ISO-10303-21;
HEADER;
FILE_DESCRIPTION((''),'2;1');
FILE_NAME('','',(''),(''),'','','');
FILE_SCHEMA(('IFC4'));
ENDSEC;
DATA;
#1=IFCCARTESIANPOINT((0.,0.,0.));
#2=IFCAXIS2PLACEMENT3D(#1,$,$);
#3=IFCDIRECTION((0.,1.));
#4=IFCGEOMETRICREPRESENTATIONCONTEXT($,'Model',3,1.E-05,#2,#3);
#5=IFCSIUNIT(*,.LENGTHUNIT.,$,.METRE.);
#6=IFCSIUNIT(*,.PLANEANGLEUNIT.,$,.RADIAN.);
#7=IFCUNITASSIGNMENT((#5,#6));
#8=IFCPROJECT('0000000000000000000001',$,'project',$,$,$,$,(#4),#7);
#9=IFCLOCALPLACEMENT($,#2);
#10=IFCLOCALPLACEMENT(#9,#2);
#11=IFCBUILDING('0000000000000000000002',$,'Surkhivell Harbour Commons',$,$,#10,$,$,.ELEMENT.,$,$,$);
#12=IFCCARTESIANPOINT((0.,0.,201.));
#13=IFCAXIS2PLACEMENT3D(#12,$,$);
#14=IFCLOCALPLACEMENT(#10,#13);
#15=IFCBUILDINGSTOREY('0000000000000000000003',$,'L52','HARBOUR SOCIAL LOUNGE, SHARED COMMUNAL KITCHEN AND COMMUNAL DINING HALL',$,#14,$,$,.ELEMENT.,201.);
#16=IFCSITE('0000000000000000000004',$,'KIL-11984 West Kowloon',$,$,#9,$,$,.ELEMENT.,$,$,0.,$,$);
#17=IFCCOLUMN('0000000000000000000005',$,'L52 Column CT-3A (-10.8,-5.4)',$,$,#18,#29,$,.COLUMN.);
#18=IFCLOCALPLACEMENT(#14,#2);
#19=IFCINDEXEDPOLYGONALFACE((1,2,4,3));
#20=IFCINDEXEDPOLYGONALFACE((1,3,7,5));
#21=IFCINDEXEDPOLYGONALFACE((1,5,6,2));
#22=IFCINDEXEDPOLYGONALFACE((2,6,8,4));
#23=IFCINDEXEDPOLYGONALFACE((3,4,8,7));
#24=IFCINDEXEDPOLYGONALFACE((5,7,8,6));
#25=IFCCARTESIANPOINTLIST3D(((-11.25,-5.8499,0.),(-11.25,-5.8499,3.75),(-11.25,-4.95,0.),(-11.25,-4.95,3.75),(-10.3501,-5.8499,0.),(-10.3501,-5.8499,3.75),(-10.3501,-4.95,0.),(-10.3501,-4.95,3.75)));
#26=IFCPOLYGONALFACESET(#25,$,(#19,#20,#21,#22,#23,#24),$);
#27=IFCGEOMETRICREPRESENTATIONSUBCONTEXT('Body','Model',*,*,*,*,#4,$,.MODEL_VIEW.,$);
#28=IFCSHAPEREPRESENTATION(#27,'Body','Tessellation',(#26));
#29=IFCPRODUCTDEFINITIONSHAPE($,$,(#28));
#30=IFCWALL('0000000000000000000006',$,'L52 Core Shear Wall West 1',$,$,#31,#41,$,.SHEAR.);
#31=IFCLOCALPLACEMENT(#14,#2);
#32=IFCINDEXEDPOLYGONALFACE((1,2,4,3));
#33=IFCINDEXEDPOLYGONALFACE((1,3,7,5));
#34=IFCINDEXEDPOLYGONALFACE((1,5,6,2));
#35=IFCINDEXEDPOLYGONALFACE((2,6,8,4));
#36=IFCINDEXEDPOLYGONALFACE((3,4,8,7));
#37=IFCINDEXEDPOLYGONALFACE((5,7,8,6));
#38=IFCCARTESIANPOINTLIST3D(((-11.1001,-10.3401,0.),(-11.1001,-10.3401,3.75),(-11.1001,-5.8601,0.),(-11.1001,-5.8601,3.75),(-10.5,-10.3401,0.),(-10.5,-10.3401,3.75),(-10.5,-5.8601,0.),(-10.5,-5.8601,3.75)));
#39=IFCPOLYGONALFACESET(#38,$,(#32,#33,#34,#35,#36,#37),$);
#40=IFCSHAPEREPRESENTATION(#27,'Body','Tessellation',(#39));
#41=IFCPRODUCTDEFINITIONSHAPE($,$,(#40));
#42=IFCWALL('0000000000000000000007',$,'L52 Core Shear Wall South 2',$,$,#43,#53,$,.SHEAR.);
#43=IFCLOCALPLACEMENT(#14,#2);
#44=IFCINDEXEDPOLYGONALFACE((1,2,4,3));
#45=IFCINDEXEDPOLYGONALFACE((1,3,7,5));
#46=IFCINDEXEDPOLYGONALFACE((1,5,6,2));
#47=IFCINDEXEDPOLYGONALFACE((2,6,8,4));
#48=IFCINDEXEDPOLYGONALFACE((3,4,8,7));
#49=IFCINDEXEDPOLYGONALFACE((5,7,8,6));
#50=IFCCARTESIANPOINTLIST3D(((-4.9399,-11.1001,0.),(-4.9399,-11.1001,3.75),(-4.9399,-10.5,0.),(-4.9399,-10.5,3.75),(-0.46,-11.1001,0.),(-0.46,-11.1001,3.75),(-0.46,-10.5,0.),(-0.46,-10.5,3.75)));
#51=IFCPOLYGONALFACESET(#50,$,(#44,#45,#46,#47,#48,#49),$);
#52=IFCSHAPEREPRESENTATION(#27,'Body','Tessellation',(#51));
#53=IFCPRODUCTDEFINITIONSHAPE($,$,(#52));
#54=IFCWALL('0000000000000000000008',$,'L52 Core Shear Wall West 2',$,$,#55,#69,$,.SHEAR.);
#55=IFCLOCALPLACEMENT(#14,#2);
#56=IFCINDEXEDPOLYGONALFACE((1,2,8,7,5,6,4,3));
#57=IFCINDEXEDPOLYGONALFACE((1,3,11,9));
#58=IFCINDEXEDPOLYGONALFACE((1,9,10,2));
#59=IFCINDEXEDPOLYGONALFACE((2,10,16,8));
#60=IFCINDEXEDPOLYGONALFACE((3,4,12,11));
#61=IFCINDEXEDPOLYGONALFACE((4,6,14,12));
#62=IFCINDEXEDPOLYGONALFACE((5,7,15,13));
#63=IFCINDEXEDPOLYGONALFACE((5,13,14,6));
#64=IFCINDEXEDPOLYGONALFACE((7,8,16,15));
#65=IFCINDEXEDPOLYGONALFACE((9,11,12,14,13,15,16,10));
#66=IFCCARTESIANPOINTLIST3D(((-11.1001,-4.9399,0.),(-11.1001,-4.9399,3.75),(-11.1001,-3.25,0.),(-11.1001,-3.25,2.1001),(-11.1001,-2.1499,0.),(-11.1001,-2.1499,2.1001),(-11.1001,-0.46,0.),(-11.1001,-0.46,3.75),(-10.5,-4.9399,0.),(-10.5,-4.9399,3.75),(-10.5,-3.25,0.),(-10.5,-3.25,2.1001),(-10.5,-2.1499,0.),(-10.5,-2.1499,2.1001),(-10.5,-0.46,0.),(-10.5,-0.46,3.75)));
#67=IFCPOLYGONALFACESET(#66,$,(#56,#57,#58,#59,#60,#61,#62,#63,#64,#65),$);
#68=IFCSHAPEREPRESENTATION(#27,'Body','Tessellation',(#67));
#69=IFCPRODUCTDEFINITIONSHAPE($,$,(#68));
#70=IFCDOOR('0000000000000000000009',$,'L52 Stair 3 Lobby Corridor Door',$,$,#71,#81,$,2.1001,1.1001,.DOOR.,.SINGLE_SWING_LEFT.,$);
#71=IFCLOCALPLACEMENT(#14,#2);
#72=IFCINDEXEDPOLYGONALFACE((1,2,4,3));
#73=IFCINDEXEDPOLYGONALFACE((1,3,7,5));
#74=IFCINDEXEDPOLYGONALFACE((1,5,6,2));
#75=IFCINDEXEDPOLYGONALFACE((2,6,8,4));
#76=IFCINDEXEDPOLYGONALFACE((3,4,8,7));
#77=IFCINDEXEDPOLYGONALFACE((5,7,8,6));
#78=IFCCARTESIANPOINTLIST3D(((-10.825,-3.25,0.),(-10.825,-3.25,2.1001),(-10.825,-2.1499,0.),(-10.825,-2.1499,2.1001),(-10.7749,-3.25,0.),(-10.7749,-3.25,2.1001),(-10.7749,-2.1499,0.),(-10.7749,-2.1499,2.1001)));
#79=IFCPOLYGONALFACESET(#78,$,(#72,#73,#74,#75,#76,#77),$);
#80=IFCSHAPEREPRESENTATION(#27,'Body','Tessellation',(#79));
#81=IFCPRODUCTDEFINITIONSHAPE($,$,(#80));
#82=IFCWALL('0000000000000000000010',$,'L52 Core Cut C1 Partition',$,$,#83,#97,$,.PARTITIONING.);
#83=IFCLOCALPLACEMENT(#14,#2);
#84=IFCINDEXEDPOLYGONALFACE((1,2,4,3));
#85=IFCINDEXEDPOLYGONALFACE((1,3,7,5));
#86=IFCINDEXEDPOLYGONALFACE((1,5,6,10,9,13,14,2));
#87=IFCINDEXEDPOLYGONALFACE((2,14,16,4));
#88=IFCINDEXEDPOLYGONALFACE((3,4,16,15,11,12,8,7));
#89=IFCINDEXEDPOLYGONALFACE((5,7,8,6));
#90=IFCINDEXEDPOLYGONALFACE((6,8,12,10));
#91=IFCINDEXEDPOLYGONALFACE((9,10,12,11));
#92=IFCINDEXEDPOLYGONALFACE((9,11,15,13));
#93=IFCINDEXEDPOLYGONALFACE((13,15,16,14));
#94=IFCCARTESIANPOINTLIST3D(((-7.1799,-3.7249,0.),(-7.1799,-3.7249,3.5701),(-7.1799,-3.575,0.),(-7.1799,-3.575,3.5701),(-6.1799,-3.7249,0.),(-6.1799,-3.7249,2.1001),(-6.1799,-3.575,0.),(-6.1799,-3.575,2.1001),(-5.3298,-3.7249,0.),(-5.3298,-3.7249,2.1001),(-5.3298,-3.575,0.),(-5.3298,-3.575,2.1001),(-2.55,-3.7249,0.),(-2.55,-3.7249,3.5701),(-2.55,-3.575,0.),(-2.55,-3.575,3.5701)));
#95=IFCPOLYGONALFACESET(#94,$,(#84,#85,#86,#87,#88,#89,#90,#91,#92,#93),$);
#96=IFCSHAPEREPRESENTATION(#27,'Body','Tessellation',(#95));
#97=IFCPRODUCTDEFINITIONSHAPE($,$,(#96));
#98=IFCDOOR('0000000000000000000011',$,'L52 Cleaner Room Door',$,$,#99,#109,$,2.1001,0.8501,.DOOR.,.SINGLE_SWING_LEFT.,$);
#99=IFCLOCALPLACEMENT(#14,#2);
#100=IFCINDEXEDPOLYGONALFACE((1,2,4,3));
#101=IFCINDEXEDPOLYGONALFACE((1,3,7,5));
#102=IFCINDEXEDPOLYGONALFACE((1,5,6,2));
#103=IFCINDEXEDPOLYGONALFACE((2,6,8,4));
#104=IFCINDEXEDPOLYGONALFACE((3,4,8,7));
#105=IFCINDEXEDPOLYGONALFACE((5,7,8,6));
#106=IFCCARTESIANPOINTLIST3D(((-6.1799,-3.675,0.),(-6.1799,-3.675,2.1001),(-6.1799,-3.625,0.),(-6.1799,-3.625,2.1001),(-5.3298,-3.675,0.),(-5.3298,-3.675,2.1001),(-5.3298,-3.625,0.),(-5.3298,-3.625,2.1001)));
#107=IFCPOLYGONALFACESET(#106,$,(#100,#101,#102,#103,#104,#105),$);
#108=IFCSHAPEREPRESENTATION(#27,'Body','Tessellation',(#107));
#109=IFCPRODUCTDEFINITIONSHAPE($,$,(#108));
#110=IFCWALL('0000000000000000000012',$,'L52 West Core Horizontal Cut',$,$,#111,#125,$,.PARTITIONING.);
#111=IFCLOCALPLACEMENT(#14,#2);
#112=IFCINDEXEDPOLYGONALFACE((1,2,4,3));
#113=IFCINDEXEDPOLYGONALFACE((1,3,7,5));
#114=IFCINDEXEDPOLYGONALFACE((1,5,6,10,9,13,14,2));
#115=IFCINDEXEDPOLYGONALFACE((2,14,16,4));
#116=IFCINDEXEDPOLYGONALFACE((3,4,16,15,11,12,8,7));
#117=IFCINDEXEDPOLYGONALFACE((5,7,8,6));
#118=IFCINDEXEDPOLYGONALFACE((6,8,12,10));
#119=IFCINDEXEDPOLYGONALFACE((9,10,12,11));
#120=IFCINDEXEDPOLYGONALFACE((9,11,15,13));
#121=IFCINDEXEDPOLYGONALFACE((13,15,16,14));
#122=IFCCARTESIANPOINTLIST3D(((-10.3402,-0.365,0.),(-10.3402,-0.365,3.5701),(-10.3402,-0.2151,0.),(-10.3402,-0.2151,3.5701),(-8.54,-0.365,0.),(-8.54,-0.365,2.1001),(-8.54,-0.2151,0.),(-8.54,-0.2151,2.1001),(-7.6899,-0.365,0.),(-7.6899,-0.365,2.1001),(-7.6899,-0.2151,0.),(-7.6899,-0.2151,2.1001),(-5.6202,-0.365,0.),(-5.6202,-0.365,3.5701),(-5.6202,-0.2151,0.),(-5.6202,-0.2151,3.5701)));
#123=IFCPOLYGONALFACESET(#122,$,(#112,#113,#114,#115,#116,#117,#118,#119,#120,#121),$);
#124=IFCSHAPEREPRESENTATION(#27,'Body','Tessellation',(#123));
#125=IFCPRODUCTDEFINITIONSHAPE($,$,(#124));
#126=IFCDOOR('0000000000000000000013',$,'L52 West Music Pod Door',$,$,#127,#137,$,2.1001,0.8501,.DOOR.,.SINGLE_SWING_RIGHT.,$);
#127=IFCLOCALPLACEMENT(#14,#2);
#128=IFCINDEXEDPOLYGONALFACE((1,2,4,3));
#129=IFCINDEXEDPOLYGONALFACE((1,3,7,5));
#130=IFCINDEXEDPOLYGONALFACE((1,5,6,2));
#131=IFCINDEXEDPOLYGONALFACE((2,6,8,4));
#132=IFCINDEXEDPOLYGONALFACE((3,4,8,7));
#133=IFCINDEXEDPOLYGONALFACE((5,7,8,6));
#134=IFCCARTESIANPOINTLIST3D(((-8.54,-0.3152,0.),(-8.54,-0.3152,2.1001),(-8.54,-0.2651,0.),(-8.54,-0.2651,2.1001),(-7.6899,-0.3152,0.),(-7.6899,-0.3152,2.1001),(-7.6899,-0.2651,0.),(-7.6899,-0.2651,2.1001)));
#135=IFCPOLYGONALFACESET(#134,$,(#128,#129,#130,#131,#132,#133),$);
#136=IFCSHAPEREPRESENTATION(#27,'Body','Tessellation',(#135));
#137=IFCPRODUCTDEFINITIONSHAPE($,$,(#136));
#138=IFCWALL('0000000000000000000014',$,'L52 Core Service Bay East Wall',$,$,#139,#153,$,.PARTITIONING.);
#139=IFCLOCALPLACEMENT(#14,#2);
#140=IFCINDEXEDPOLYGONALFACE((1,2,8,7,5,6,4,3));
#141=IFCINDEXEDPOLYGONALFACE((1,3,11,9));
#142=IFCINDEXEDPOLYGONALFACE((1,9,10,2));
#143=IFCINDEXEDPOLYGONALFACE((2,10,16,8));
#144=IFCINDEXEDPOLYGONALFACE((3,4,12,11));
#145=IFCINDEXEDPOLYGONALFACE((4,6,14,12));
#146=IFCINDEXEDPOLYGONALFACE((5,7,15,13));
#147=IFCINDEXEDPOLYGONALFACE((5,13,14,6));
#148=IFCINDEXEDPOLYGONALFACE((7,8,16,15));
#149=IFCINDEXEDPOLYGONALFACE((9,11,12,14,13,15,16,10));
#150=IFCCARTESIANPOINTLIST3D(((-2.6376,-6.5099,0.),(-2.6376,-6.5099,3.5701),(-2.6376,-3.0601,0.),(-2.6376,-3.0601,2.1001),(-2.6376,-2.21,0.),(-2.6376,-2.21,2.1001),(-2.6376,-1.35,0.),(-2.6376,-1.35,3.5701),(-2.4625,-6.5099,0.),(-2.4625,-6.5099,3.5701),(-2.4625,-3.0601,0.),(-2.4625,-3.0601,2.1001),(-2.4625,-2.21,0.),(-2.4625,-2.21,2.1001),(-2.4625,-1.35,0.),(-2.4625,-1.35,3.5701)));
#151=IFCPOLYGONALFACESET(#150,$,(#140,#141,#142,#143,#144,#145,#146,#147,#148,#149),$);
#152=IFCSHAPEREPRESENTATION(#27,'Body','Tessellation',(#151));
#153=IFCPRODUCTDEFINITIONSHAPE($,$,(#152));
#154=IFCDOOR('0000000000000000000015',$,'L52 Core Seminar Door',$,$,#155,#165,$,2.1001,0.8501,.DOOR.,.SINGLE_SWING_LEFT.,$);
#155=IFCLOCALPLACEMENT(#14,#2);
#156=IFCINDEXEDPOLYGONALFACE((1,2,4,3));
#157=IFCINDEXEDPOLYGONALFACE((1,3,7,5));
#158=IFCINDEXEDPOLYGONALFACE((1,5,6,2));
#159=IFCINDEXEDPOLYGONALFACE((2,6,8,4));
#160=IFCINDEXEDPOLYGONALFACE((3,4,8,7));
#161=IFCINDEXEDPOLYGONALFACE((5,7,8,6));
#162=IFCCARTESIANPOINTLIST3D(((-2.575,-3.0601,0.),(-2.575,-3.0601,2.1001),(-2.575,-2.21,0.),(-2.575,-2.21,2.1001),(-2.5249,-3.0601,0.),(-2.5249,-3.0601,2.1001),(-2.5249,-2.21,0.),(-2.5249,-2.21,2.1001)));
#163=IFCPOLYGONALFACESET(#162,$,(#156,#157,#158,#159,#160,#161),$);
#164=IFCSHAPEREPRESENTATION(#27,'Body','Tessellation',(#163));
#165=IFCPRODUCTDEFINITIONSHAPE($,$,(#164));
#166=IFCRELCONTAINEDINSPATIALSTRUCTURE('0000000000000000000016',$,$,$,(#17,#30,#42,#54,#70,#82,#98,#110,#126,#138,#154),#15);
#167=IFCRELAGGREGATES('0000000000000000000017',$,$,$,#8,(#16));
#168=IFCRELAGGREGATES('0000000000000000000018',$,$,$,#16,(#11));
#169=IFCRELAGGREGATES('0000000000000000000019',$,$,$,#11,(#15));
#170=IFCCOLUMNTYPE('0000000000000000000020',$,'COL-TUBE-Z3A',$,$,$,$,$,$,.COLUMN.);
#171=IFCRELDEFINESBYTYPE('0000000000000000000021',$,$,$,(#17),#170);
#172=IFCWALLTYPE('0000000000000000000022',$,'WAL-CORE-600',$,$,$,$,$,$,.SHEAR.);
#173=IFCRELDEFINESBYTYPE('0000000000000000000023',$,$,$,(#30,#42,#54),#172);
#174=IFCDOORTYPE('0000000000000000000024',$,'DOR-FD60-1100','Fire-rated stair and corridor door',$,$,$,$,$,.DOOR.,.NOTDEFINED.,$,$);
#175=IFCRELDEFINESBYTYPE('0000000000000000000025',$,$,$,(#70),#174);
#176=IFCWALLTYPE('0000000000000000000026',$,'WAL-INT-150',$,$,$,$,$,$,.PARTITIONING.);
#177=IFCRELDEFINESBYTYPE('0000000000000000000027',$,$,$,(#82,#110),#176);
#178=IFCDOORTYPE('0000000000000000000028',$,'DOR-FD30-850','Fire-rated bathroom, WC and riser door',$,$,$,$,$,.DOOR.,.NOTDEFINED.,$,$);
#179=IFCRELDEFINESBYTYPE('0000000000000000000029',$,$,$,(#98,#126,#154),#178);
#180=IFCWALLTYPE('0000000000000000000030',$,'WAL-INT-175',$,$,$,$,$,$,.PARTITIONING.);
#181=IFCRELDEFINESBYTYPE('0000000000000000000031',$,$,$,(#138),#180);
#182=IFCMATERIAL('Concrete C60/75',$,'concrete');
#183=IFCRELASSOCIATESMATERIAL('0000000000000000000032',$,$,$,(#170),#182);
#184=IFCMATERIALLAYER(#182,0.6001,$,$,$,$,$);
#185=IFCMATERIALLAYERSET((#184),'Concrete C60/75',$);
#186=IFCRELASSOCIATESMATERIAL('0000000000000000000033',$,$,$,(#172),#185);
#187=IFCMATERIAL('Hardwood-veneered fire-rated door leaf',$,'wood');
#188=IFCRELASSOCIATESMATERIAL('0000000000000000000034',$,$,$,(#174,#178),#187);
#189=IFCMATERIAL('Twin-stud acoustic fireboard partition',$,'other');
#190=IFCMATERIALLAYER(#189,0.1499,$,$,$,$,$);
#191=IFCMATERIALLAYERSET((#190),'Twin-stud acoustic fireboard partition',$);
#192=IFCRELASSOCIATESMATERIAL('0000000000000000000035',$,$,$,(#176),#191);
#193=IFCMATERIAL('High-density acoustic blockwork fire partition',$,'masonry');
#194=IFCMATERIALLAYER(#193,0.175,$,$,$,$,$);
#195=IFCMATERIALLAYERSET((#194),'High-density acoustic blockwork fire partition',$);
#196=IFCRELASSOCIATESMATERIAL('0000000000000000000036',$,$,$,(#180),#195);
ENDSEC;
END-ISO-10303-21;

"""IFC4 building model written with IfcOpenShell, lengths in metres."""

from ifc_helpers import new_model, si_unit, direction, frame, frame_2d, origin, origin_2d, place, context, subcontext, project, spatial, rectangle, extrude, material, layer, layer_set, material_profile, profile_set, type_object, element, fill, save


model = new_model("IFC4")

# Units and contexts
model_context = context("Model", 3, precision=1e-05, world=origin(), true_north=direction((0.0, 1.0)))
body_context = subcontext(model_context, "Body", "Model", "MODEL_VIEW")
ifc_project = project(units=[si_unit("LENGTHUNIT", "METRE"), si_unit("PLANEANGLEUNIT", "RADIAN")], contexts=[model_context])

# Site, building, storey
site_placement = place(None, origin())
site = spatial("IfcSite", under=ifc_project, at=site_placement, Name="KIL-11984 West Kowloon", CompositionType="ELEMENT", RefElevation=0.0)
building_placement = place(site_placement, origin())
building = spatial("IfcBuilding", under=site, at=building_placement, Name="Surkhivell Harbour Commons", CompositionType="ELEMENT")
storey_placement = place(building_placement, frame((0.0, 0.0, 201.0)))
storey = spatial("IfcBuildingStorey", under=building, at=storey_placement, Name="L52", Description="HARBOUR SOCIAL LOUNGE, SHARED COMMUNAL KITCHEN AND COMMUNAL DINING HALL", CompositionType="ELEMENT", Elevation=201.0)

# Column
ifc_material_1 = material(Name="Concrete C60/75", Category="concrete")
ifc_material_profile = material_profile(ifc_material_1, rectangle(XDim=0.8999, YDim=0.8999, at=origin_2d()), Name="RC-COL-900x900")
ifc_profile_set = profile_set([ifc_material_profile], Name="Concrete C60/75")
column_type = type_object("IfcColumnType", Name="COL-TUBE-Z3A", PredefinedType="COLUMN", material=ifc_profile_set)
column_placement = place(storey_placement, frame((-10.8, -5.3999, 0.0), z_axis=(0.0, 0.0, 1.0), x_axis=(1.0, 0.0, 0.0)))
element("IfcColumn", 1, at=column_placement, inside=storey, type_object=column_type, Name="L52 Column CT-3A (-10.8,-5.4)", PredefinedType="COLUMN", context=body_context, shape_type="SweptSolid", body=[
    extrude(rectangle(XDim=0.8999, YDim=0.8999, at=origin_2d()), origin(), (0.0, 0.0, 1.0), 3.75),
])

# Walls
ifc_layer_1 = layer(ifc_material_1, 0.6001)
ifc_layer_set_1 = layer_set([ifc_layer_1], Name="Concrete C60/75")
wall_type_1 = type_object("IfcWallType", Name="WAL-CORE-600", PredefinedType="SHEAR", material=ifc_layer_set_1)
for number, where, z_axis, x_axis, name in (
    (2, (-10.8, -10.3401, 0.0), (0.0, 0.0, 1.0), (0.0, 1.0, 0.0), "L52 Core Shear Wall West 1"),
    (3, (-4.9399, -10.8, 0.0), (0.0, 0.0, 1.0), (1.0, 0.0, 0.0), "L52 Core Shear Wall South 2"),
):
    element("IfcWall", number, at=place(storey_placement, frame(where, z_axis=z_axis, x_axis=x_axis)), inside=storey, type_object=wall_type_1, Name=name, PredefinedType="SHEAR", context=body_context, shape_type="SweptSolid", body=[
        extrude(rectangle(XDim=4.48, YDim=0.6001, at=frame_2d((2.24, 0.0))), origin(), (0.0, 0.0, 1.0), 3.75),
    ])

# Walls, openings, doors
wall_1_placement = place(storey_placement, frame((-10.8, -4.9399, 0.0), z_axis=(0.0, 0.0, 1.0), x_axis=(0.0, 1.0, 0.0)))
wall_1 = element("IfcWall", 4, at=wall_1_placement, inside=storey, type_object=wall_type_1, Name="L52 Core Shear Wall West 2", PredefinedType="SHEAR", context=body_context, shape_type="SweptSolid", body=[
    extrude(rectangle(XDim=4.48, YDim=0.6001, at=frame_2d((2.24, 0.0))), origin(), (0.0, 0.0, 1.0), 3.75),
])
opening_1_placement = place(wall_1_placement, frame((1.6899, 0.0, 0.0)))
opening_1 = element("IfcOpeningElement", 5, at=opening_1_placement, cuts=wall_1, PredefinedType="OPENING", context=body_context, shape_type="SweptSolid", body=[
    extrude(rectangle(XDim=1.1001, YDim=2.1001, at=frame_2d((0.55, 1.05))), frame((0.0, 0.3101, 0.0), z_axis=(0.0, -1.0, 0.0), x_axis=(1.0, 0.0, 0.0)), (0.0, 0.0, 1.0), 0.6201),
])
ifc_material_2 = material(Name="Hardwood-veneered fire-rated door leaf", Category="wood")
door_type_1 = type_object("IfcDoorType", Name="DOR-FD60-1100", Description="Fire-rated stair and corridor door", OperationType="NOTDEFINED", PredefinedType="DOOR", material=ifc_material_2)
door_1_placement = place(opening_1_placement, origin())
door_1 = element("IfcDoor", 6, at=door_1_placement, inside=storey, type_object=door_type_1, Name="L52 Stair 3 Lobby Corridor Door", OperationType="SINGLE_SWING_LEFT", OverallHeight=2.1001, OverallWidth=1.1001, PredefinedType="DOOR", context=body_context, shape_type="SweptSolid", body=[
    extrude(rectangle(XDim=1.1001, YDim=2.1001, at=frame_2d((0.55, 1.05))), frame((0.0, 0.0249, 0.0), z_axis=(0.0, -1.0, 0.0), x_axis=(1.0, 0.0, 0.0)), (0.0, 0.0, 1.0), 0.05),
])
fill(opening_1, door_1)
ifc_material_3 = material(Name="Twin-stud acoustic fireboard partition", Category="other")
ifc_layer_2 = layer(ifc_material_3, 0.1499)
ifc_layer_set_2 = layer_set([ifc_layer_2], Name="Twin-stud acoustic fireboard partition")
wall_type_2 = type_object("IfcWallType", Name="WAL-INT-150", PredefinedType="PARTITIONING", material=ifc_layer_set_2)
wall_2_placement = place(storey_placement, frame((-7.1799, -3.6499, 0.0), z_axis=(0.0, 0.0, 1.0), x_axis=(1.0, 0.0, 0.0)))
wall_2 = element("IfcWall", 7, at=wall_2_placement, inside=storey, type_object=wall_type_2, Name="L52 Core Cut C1 Partition", PredefinedType="PARTITIONING", context=body_context, shape_type="SweptSolid", body=[
    extrude(rectangle(XDim=4.6299, YDim=0.1499, at=frame_2d((2.3149, 0.0))), origin(), (0.0, 0.0, 1.0), 3.5701),
])
opening_2_placement = place(wall_2_placement, frame((1.0, 0.0, 0.0)))
opening_2 = element("IfcOpeningElement", 8, at=opening_2_placement, cuts=wall_2, PredefinedType="OPENING", context=body_context, shape_type="SweptSolid", body=[
    extrude(rectangle(XDim=0.8501, YDim=2.1001, at=frame_2d((0.425, 1.05))), frame((0.0, 0.085, 0.0), z_axis=(0.0, -1.0, 0.0), x_axis=(1.0, 0.0, 0.0)), (0.0, 0.0, 1.0), 0.1699),
])
door_type_2 = type_object("IfcDoorType", Name="DOR-FD30-850", Description="Fire-rated bathroom, WC and riser door", OperationType="NOTDEFINED", PredefinedType="DOOR", material=ifc_material_2)
door_2_placement = place(opening_2_placement, origin())
door_2 = element("IfcDoor", 9, at=door_2_placement, inside=storey, type_object=door_type_2, Name="L52 Cleaner Room Door", OperationType="SINGLE_SWING_LEFT", OverallHeight=2.1001, OverallWidth=0.8501, PredefinedType="DOOR", context=body_context, shape_type="SweptSolid", body=[
    extrude(rectangle(XDim=0.8501, YDim=2.1001, at=frame_2d((0.425, 1.05))), frame((0.0, 0.0249, 0.0), z_axis=(0.0, -1.0, 0.0), x_axis=(1.0, 0.0, 0.0)), (0.0, 0.0, 1.0), 0.05),
])
fill(opening_2, door_2)
wall_3_placement = place(storey_placement, frame((-10.3401, -0.29, 0.0), z_axis=(0.0, 0.0, 1.0), x_axis=(1.0, 0.0, 0.0)))
wall_3 = element("IfcWall", 10, at=wall_3_placement, inside=storey, type_object=wall_type_2, Name="L52 West Core Horizontal Cut", PredefinedType="PARTITIONING", context=body_context, shape_type="SweptSolid", body=[
    extrude(rectangle(XDim=4.72, YDim=0.1499, at=frame_2d((2.3599, 0.0))), origin(), (0.0, 0.0, 1.0), 3.5701),
])
opening_3_placement = place(wall_3_placement, frame((1.8, 0.0, 0.0)))
opening_3 = element("IfcOpeningElement", 11, at=opening_3_placement, cuts=wall_3, PredefinedType="OPENING", context=body_context, shape_type="SweptSolid", body=[
    extrude(rectangle(XDim=0.8501, YDim=2.1001, at=frame_2d((0.425, 1.05))), frame((0.0, 0.085, 0.0), z_axis=(0.0, -1.0, 0.0), x_axis=(1.0, 0.0, 0.0)), (0.0, 0.0, 1.0), 0.1699),
])
door_3_placement = place(opening_3_placement, origin())
door_3 = element("IfcDoor", 12, at=door_3_placement, inside=storey, type_object=door_type_2, Name="L52 West Music Pod Door", OperationType="SINGLE_SWING_RIGHT", OverallHeight=2.1001, OverallWidth=0.8501, PredefinedType="DOOR", context=body_context, shape_type="SweptSolid", body=[
    extrude(rectangle(XDim=0.8501, YDim=2.1001, at=frame_2d((0.425, 1.05))), frame((0.0, 0.0249, 0.0), z_axis=(0.0, -1.0, 0.0), x_axis=(1.0, 0.0, 0.0)), (0.0, 0.0, 1.0), 0.05),
])
fill(opening_3, door_3)
ifc_material_4 = material(Name="High-density acoustic blockwork fire partition", Category="masonry")
ifc_layer_3 = layer(ifc_material_4, 0.175)
ifc_layer_set_3 = layer_set([ifc_layer_3], Name="High-density acoustic blockwork fire partition")
wall_type_3 = type_object("IfcWallType", Name="WAL-INT-175", PredefinedType="PARTITIONING", material=ifc_layer_set_3)
wall_4_placement = place(storey_placement, frame((-2.55, -6.51, 0.0), z_axis=(0.0, 0.0, 1.0), x_axis=(0.0, 1.0, 0.0)))
wall_4 = element("IfcWall", 13, at=wall_4_placement, inside=storey, type_object=wall_type_3, Name="L52 Core Service Bay East Wall", PredefinedType="PARTITIONING", context=body_context, shape_type="SweptSolid", body=[
    extrude(rectangle(XDim=5.1599, YDim=0.175, at=frame_2d((2.5801, 0.0))), origin(), (0.0, 0.0, 1.0), 3.5701),
])
opening_4_placement = place(wall_4_placement, frame((3.45, 0.0, 0.0)))
opening_4 = element("IfcOpeningElement", 14, at=opening_4_placement, cuts=wall_4, PredefinedType="OPENING", context=body_context, shape_type="SweptSolid", body=[
    extrude(rectangle(XDim=0.8501, YDim=2.1001, at=frame_2d((0.425, 1.05))), frame((0.0, 0.0974, 0.0), z_axis=(0.0, -1.0, 0.0), x_axis=(1.0, 0.0, 0.0)), (0.0, 0.0, 1.0), 0.1951),
])
door_4_placement = place(opening_4_placement, origin())
door_4 = element("IfcDoor", 15, at=door_4_placement, inside=storey, type_object=door_type_2, Name="L52 Core Seminar Door", OperationType="SINGLE_SWING_LEFT", OverallHeight=2.1001, OverallWidth=0.8501, PredefinedType="DOOR", context=body_context, shape_type="SweptSolid", body=[
    extrude(rectangle(XDim=0.8501, YDim=2.1001, at=frame_2d((0.425, 1.05))), frame((0.0, 0.0249, 0.0), z_axis=(0.0, -1.0, 0.0), x_axis=(1.0, 0.0, 0.0)), (0.0, 0.0, 1.0), 0.05),
])
fill(opening_4, door_4)

save(model, "model.ifc")
